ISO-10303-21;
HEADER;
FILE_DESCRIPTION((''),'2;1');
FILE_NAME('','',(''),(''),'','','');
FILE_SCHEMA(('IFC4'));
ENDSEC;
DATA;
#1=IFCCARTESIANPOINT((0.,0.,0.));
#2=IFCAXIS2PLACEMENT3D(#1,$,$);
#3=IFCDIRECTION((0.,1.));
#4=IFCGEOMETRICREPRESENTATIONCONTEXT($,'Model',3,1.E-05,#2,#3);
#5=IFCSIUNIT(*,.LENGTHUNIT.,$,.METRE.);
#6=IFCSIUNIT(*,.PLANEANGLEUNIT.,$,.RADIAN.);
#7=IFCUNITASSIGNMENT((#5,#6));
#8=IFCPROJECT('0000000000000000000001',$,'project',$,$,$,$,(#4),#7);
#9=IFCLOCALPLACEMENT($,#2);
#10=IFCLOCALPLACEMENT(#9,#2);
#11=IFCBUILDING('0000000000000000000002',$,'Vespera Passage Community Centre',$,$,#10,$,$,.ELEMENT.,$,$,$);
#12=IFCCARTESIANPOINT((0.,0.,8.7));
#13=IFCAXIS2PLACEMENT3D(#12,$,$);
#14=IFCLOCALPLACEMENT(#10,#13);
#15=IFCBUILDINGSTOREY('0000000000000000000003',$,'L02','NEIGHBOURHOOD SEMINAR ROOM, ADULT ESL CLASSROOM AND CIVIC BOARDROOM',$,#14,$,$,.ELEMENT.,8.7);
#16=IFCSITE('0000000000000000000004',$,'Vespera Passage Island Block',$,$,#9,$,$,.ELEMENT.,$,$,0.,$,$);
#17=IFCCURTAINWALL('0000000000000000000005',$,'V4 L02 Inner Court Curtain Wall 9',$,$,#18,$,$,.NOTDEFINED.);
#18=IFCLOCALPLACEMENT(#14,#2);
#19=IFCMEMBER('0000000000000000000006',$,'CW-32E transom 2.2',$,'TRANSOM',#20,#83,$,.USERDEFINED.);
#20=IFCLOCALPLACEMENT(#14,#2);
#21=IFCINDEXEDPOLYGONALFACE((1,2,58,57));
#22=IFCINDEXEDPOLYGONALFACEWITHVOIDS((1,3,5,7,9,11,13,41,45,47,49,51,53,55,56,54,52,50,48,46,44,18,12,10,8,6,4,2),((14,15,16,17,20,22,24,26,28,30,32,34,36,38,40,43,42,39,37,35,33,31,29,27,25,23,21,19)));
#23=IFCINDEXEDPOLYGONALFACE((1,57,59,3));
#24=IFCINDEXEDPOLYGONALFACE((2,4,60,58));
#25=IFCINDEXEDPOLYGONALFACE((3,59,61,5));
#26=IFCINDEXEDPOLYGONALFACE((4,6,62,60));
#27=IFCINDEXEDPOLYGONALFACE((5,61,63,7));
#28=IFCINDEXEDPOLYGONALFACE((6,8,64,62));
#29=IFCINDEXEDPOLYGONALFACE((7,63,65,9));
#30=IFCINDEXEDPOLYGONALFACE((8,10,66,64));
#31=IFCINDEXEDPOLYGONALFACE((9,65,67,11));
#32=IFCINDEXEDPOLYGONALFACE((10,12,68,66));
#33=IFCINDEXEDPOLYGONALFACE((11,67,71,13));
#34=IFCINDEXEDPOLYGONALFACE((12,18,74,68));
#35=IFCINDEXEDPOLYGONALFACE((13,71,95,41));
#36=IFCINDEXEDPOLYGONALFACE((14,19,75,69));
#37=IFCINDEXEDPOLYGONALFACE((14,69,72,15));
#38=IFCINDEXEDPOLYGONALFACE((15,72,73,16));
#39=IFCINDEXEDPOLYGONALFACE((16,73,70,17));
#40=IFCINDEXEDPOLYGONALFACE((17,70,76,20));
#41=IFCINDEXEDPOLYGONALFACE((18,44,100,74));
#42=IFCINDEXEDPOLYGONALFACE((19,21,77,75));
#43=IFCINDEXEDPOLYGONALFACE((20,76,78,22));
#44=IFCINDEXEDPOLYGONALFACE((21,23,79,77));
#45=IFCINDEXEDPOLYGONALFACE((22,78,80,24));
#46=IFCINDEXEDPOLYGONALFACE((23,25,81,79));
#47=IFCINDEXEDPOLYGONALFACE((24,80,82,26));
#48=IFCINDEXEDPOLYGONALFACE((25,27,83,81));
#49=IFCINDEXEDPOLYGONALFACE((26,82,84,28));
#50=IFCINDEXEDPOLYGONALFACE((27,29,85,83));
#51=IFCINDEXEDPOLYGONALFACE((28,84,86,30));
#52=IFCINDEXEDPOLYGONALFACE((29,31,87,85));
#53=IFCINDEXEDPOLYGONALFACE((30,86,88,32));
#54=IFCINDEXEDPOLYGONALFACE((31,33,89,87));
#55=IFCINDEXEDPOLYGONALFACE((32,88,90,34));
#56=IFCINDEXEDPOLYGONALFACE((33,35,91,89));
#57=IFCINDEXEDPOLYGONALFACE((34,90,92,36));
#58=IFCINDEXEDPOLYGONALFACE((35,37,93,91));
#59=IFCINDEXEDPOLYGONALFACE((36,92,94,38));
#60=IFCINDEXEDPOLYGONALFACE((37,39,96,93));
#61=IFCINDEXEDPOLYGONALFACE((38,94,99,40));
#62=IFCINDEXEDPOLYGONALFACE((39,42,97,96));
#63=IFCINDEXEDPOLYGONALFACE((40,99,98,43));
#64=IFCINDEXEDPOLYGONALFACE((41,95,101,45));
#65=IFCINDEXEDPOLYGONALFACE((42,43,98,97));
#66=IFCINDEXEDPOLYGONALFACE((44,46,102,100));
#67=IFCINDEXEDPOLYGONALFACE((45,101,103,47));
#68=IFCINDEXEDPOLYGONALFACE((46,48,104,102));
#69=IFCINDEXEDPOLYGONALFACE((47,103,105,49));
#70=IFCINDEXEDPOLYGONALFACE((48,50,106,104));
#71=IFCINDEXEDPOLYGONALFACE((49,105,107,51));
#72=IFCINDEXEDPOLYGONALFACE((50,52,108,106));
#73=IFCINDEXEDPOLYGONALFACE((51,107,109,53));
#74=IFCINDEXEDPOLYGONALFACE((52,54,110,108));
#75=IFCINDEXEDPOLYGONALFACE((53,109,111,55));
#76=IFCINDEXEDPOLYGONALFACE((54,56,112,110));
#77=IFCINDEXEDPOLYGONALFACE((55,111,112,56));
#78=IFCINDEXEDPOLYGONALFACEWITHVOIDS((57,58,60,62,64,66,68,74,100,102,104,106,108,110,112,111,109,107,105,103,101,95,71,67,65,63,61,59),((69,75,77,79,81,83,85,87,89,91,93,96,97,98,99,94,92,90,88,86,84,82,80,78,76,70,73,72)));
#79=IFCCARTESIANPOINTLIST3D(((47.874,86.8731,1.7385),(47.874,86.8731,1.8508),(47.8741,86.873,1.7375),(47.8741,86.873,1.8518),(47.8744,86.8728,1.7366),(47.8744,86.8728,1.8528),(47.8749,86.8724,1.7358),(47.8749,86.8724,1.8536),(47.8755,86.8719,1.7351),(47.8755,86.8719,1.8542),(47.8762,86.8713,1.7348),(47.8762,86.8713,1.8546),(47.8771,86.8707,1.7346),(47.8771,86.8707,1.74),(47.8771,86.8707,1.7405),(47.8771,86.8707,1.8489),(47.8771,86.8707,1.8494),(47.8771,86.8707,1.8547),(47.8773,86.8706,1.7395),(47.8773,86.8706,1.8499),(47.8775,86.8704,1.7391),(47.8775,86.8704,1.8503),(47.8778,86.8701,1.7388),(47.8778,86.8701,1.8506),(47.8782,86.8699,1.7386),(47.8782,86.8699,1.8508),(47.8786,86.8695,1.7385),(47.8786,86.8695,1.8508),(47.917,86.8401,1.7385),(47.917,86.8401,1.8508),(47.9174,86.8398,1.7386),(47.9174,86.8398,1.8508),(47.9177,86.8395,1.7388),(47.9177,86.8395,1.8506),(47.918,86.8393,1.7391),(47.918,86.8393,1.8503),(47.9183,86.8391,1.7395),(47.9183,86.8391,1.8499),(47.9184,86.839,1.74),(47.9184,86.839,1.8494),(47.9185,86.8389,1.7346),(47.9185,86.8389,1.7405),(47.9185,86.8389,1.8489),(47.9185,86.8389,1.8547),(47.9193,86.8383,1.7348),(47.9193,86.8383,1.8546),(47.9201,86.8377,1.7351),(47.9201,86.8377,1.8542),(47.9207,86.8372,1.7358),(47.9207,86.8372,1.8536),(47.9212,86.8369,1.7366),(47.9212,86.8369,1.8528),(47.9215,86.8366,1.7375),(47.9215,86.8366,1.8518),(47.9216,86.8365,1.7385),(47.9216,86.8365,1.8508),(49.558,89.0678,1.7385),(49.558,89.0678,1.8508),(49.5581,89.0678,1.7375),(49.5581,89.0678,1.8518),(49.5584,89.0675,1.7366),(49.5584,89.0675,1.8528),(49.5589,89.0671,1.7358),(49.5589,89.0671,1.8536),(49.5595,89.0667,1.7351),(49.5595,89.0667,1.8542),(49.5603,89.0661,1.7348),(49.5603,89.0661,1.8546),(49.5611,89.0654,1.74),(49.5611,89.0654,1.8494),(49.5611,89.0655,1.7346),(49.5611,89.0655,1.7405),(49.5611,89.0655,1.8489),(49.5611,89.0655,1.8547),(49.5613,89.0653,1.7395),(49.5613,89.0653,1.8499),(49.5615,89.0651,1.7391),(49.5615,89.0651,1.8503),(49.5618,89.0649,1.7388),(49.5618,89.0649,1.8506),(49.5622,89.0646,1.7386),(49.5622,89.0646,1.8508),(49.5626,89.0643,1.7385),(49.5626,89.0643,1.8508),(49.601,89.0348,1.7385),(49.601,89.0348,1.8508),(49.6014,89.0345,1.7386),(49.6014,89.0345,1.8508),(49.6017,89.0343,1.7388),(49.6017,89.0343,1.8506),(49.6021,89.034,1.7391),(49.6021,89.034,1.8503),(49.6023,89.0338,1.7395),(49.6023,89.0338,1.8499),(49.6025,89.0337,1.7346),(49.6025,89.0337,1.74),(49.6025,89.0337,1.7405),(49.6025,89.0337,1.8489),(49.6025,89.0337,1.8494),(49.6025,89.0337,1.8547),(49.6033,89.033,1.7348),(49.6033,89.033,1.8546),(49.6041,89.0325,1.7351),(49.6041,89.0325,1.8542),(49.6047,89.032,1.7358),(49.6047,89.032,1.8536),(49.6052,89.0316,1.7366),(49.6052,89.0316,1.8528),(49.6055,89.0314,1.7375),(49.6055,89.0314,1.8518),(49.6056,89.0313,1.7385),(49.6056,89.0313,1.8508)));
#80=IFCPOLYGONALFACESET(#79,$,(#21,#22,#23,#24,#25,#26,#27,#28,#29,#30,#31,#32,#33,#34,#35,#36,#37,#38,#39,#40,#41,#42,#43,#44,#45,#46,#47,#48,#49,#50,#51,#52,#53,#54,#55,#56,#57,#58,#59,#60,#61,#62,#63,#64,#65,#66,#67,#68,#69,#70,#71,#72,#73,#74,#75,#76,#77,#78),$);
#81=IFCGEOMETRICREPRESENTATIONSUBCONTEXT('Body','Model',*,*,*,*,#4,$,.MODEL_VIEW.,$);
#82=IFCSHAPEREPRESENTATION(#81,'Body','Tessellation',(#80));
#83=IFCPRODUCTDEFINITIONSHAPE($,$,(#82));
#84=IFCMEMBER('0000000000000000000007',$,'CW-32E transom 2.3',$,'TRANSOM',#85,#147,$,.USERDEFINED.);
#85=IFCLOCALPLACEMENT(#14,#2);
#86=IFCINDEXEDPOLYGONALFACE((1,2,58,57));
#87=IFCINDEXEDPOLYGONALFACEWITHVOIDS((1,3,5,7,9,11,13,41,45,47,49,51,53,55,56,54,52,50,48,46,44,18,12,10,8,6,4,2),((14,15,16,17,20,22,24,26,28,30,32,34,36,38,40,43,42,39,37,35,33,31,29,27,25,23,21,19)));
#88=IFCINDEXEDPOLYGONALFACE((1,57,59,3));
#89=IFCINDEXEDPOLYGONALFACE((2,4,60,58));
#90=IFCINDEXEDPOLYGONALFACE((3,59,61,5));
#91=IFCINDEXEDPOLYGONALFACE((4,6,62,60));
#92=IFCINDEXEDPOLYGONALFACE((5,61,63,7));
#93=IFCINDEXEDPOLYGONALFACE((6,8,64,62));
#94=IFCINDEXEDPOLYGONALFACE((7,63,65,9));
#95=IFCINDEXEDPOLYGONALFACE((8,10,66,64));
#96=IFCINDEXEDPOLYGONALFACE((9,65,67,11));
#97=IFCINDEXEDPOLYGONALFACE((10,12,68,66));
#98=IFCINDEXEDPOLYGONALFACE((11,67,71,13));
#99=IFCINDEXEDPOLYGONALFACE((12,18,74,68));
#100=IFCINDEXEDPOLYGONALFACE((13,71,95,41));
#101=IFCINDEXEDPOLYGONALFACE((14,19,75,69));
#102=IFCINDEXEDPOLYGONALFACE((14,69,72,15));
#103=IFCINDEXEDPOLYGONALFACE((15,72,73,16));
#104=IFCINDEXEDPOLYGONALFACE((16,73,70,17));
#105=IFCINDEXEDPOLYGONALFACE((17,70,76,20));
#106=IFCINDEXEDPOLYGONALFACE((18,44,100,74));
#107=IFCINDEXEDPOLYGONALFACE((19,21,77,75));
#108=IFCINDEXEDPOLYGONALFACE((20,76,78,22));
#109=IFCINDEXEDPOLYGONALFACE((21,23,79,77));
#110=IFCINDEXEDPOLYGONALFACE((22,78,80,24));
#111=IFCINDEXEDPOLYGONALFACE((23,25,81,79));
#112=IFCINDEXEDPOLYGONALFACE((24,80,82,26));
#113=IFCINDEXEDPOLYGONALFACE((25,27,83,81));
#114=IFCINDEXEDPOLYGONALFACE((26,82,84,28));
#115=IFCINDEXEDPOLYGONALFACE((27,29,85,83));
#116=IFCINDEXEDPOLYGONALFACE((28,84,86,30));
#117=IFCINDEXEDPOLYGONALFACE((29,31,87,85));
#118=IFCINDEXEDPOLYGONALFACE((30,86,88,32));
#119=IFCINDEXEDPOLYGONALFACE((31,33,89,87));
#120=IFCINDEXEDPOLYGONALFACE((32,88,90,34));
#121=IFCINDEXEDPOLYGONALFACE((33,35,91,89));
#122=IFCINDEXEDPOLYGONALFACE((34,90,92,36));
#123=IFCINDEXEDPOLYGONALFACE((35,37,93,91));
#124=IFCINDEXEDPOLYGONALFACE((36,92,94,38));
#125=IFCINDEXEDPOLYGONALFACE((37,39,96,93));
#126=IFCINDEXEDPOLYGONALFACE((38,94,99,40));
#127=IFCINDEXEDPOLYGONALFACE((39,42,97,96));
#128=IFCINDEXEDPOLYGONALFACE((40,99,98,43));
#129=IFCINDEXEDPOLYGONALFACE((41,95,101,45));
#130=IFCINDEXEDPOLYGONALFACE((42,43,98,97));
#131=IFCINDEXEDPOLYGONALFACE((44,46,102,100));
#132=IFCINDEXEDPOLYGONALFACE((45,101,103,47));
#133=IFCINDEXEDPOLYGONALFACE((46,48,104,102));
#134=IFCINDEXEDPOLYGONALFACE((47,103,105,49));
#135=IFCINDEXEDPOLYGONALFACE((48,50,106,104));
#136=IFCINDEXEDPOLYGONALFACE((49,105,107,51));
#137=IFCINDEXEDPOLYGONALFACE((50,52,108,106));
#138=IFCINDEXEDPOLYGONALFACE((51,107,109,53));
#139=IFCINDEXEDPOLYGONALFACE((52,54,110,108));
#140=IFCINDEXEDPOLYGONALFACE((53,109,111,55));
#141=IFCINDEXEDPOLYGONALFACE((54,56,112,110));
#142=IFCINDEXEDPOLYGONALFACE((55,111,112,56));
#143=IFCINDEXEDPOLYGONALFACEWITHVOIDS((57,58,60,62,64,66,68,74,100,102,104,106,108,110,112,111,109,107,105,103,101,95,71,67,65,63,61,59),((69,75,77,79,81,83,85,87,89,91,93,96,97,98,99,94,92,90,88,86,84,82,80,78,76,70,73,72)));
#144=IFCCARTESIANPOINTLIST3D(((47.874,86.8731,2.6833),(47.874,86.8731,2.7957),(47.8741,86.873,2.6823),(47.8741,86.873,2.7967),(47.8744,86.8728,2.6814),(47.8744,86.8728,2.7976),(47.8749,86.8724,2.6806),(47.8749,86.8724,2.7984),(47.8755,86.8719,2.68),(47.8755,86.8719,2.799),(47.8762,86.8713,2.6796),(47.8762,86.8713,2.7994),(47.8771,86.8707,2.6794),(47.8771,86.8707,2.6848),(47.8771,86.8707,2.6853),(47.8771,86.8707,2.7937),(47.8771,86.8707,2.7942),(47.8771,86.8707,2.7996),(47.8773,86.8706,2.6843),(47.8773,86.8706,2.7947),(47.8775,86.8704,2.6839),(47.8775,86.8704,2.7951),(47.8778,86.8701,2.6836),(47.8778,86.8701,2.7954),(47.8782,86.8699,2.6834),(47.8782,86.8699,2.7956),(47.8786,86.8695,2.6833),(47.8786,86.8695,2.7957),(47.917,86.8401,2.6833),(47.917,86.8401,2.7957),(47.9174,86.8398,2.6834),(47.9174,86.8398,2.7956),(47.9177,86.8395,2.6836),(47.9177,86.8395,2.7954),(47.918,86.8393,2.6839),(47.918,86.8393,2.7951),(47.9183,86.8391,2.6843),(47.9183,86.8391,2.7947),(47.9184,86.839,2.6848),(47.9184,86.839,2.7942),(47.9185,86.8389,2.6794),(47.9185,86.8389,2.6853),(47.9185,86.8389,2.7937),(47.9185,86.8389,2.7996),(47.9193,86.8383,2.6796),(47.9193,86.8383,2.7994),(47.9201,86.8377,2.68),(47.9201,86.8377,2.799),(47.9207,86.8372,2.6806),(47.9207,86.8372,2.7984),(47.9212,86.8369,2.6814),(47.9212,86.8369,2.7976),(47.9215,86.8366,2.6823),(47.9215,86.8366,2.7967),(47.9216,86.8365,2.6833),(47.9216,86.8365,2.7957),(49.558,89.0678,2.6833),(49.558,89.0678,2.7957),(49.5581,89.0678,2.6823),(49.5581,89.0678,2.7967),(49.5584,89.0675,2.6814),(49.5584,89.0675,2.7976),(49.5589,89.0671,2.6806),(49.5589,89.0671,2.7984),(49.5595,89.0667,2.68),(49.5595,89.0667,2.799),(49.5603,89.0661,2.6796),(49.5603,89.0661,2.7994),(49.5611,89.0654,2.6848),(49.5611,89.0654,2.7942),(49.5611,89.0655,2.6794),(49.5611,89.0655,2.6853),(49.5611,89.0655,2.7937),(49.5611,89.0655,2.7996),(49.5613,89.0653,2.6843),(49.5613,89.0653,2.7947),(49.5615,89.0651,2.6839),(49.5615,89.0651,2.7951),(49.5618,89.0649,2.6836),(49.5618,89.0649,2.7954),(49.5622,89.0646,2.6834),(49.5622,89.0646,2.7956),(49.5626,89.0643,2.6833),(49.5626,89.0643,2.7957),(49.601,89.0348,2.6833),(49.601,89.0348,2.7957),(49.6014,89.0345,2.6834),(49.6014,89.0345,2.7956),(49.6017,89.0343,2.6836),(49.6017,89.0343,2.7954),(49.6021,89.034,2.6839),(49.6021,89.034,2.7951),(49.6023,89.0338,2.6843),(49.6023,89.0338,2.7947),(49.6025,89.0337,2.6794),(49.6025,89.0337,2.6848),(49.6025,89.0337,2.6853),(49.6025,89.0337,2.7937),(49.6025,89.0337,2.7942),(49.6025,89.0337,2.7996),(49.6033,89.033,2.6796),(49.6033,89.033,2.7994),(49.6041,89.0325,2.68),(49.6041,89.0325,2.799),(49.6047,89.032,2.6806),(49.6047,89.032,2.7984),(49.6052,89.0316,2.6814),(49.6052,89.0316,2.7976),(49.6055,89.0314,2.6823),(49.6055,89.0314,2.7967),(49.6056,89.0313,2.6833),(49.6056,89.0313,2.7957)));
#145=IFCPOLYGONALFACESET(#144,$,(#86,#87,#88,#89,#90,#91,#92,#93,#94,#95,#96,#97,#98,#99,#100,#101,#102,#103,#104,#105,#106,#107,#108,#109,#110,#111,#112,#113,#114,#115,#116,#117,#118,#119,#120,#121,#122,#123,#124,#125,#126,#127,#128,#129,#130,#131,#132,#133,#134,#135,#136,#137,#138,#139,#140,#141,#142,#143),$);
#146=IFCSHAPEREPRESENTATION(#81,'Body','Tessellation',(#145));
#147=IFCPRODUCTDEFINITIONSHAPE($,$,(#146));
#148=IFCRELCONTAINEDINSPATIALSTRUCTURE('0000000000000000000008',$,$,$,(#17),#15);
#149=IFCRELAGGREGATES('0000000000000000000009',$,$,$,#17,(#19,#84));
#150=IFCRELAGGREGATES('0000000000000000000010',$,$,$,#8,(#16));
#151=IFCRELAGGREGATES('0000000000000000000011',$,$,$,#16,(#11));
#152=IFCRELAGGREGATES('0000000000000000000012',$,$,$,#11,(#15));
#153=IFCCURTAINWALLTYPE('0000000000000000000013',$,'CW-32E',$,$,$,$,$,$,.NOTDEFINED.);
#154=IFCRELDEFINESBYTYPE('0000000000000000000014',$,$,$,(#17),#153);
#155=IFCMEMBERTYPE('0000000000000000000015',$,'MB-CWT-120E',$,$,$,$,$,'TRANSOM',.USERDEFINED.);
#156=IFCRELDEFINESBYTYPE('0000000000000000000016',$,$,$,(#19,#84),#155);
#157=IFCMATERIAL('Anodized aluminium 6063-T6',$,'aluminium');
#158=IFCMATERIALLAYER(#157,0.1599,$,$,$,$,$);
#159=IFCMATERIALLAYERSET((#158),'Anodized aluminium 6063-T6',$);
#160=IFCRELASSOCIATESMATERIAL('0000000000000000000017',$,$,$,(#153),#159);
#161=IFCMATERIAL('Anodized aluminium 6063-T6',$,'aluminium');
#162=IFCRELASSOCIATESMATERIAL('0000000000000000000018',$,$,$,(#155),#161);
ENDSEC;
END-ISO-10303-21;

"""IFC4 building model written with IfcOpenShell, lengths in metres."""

from ifc_helpers import new_model, si_unit, direction, frame, origin, origin_2d, place, context, subcontext, project, spatial, hollow_rectangle, extrude, material, layer, layer_set, material_profile, profile_set, type_object, element, aggregate, save


model = new_model("IFC4")

# Units and contexts
model_context = context("Model", 3, precision=1e-05, world=origin(), true_north=direction((0.0, 1.0)))
body_context = subcontext(model_context, "Body", "Model", "MODEL_VIEW")
ifc_project = project(units=[si_unit("LENGTHUNIT", "METRE"), si_unit("PLANEANGLEUNIT", "RADIAN")], contexts=[model_context])

# Site, building, storey
site_placement = place(None, origin())
site = spatial("IfcSite", under=ifc_project, at=site_placement, Name="Vespera Passage Island Block", CompositionType="ELEMENT", RefElevation=0.0)
building_placement = place(site_placement, origin())
building = spatial("IfcBuilding", under=site, at=building_placement, Name="Vespera Passage Community Centre", CompositionType="ELEMENT")
storey_placement = place(building_placement, frame((0.0, 0.0, 8.7)))
storey = spatial("IfcBuildingStorey", under=building, at=storey_placement, Name="L02", Description="NEIGHBOURHOOD SEMINAR ROOM, ADULT ESL CLASSROOM AND CIVIC BOARDROOM", CompositionType="ELEMENT", Elevation=8.7)

# Curtain wall
ifc_material_1 = material(Name="Anodized aluminium 6063-T6", Category="aluminium")
ifc_layer_1 = layer(ifc_material_1, 0.1599)
ifc_layer_set_1 = layer_set([ifc_layer_1], Name="Anodized aluminium 6063-T6")
curtain_wall_type_1 = type_object("IfcCurtainWallType", Name="CW-32E", PredefinedType="NOTDEFINED", material=ifc_layer_set_1)
curtain_wall_1_placement = place(storey_placement, origin())
curtain_wall_1 = element("IfcCurtainWall", 1, at=curtain_wall_1_placement, inside=storey, type_object=curtain_wall_type_1, Name="V4 L02 Inner Court Curtain Wall 9", PredefinedType="NOTDEFINED")

# Members
ifc_material_2 = material(Name="Anodized aluminium 6063-T6", Category="aluminium")
ifc_material_profile_1 = material_profile(ifc_material_2, hollow_rectangle(XDim=0.0601, YDim=0.1201, WallThickness=0.0039, InnerFilletRadius=0.002, OuterFilletRadius=0.0039, at=origin_2d()), Name="ALU120X60X4")
ifc_profile_set_1 = profile_set([ifc_material_profile_1], Name="Anodized aluminium 6063-T6")
member_type_1 = type_object("IfcMemberType", Name="MB-CWT-120E", ElementType="TRANSOM", PredefinedType="USERDEFINED", material=ifc_profile_set_1)
member_1_placement = place(storey_placement, frame((49.5818, 89.0496, 1.7947), z_axis=(-0.608746, -0.793365, 0.0), x_axis=(0.793365, -0.608746, 0.0)))
member_1 = element("IfcMember", 2, at=member_1_placement, type_object=member_type_1, Name="CW-32E transom 2.2", ObjectType="TRANSOM", PredefinedType="USERDEFINED", context=body_context, shape_type="SweptSolid", body=[
    extrude(hollow_rectangle(XDim=0.0601, YDim=0.1201, WallThickness=0.0039, InnerFilletRadius=0.002, OuterFilletRadius=0.0039, at=origin_2d()), origin(), (0.0, 0.0, 1.0), 2.7664),
])
member_2_placement = place(storey_placement, frame((49.5818, 89.0496, 2.7395), z_axis=(-0.608746, -0.793365, 0.0), x_axis=(0.793365, -0.608746, 0.0)))
member_2 = element("IfcMember", 3, at=member_2_placement, type_object=member_type_1, Name="CW-32E transom 2.3", ObjectType="TRANSOM", PredefinedType="USERDEFINED", context=body_context, shape_type="SweptSolid", body=[
    extrude(hollow_rectangle(XDim=0.0601, YDim=0.1201, WallThickness=0.0039, InnerFilletRadius=0.002, OuterFilletRadius=0.0039, at=origin_2d()), origin(), (0.0, 0.0, 1.0), 2.7664),
])

aggregate(curtain_wall_1, [member_1, member_2])

save(model, "model.ifc")
